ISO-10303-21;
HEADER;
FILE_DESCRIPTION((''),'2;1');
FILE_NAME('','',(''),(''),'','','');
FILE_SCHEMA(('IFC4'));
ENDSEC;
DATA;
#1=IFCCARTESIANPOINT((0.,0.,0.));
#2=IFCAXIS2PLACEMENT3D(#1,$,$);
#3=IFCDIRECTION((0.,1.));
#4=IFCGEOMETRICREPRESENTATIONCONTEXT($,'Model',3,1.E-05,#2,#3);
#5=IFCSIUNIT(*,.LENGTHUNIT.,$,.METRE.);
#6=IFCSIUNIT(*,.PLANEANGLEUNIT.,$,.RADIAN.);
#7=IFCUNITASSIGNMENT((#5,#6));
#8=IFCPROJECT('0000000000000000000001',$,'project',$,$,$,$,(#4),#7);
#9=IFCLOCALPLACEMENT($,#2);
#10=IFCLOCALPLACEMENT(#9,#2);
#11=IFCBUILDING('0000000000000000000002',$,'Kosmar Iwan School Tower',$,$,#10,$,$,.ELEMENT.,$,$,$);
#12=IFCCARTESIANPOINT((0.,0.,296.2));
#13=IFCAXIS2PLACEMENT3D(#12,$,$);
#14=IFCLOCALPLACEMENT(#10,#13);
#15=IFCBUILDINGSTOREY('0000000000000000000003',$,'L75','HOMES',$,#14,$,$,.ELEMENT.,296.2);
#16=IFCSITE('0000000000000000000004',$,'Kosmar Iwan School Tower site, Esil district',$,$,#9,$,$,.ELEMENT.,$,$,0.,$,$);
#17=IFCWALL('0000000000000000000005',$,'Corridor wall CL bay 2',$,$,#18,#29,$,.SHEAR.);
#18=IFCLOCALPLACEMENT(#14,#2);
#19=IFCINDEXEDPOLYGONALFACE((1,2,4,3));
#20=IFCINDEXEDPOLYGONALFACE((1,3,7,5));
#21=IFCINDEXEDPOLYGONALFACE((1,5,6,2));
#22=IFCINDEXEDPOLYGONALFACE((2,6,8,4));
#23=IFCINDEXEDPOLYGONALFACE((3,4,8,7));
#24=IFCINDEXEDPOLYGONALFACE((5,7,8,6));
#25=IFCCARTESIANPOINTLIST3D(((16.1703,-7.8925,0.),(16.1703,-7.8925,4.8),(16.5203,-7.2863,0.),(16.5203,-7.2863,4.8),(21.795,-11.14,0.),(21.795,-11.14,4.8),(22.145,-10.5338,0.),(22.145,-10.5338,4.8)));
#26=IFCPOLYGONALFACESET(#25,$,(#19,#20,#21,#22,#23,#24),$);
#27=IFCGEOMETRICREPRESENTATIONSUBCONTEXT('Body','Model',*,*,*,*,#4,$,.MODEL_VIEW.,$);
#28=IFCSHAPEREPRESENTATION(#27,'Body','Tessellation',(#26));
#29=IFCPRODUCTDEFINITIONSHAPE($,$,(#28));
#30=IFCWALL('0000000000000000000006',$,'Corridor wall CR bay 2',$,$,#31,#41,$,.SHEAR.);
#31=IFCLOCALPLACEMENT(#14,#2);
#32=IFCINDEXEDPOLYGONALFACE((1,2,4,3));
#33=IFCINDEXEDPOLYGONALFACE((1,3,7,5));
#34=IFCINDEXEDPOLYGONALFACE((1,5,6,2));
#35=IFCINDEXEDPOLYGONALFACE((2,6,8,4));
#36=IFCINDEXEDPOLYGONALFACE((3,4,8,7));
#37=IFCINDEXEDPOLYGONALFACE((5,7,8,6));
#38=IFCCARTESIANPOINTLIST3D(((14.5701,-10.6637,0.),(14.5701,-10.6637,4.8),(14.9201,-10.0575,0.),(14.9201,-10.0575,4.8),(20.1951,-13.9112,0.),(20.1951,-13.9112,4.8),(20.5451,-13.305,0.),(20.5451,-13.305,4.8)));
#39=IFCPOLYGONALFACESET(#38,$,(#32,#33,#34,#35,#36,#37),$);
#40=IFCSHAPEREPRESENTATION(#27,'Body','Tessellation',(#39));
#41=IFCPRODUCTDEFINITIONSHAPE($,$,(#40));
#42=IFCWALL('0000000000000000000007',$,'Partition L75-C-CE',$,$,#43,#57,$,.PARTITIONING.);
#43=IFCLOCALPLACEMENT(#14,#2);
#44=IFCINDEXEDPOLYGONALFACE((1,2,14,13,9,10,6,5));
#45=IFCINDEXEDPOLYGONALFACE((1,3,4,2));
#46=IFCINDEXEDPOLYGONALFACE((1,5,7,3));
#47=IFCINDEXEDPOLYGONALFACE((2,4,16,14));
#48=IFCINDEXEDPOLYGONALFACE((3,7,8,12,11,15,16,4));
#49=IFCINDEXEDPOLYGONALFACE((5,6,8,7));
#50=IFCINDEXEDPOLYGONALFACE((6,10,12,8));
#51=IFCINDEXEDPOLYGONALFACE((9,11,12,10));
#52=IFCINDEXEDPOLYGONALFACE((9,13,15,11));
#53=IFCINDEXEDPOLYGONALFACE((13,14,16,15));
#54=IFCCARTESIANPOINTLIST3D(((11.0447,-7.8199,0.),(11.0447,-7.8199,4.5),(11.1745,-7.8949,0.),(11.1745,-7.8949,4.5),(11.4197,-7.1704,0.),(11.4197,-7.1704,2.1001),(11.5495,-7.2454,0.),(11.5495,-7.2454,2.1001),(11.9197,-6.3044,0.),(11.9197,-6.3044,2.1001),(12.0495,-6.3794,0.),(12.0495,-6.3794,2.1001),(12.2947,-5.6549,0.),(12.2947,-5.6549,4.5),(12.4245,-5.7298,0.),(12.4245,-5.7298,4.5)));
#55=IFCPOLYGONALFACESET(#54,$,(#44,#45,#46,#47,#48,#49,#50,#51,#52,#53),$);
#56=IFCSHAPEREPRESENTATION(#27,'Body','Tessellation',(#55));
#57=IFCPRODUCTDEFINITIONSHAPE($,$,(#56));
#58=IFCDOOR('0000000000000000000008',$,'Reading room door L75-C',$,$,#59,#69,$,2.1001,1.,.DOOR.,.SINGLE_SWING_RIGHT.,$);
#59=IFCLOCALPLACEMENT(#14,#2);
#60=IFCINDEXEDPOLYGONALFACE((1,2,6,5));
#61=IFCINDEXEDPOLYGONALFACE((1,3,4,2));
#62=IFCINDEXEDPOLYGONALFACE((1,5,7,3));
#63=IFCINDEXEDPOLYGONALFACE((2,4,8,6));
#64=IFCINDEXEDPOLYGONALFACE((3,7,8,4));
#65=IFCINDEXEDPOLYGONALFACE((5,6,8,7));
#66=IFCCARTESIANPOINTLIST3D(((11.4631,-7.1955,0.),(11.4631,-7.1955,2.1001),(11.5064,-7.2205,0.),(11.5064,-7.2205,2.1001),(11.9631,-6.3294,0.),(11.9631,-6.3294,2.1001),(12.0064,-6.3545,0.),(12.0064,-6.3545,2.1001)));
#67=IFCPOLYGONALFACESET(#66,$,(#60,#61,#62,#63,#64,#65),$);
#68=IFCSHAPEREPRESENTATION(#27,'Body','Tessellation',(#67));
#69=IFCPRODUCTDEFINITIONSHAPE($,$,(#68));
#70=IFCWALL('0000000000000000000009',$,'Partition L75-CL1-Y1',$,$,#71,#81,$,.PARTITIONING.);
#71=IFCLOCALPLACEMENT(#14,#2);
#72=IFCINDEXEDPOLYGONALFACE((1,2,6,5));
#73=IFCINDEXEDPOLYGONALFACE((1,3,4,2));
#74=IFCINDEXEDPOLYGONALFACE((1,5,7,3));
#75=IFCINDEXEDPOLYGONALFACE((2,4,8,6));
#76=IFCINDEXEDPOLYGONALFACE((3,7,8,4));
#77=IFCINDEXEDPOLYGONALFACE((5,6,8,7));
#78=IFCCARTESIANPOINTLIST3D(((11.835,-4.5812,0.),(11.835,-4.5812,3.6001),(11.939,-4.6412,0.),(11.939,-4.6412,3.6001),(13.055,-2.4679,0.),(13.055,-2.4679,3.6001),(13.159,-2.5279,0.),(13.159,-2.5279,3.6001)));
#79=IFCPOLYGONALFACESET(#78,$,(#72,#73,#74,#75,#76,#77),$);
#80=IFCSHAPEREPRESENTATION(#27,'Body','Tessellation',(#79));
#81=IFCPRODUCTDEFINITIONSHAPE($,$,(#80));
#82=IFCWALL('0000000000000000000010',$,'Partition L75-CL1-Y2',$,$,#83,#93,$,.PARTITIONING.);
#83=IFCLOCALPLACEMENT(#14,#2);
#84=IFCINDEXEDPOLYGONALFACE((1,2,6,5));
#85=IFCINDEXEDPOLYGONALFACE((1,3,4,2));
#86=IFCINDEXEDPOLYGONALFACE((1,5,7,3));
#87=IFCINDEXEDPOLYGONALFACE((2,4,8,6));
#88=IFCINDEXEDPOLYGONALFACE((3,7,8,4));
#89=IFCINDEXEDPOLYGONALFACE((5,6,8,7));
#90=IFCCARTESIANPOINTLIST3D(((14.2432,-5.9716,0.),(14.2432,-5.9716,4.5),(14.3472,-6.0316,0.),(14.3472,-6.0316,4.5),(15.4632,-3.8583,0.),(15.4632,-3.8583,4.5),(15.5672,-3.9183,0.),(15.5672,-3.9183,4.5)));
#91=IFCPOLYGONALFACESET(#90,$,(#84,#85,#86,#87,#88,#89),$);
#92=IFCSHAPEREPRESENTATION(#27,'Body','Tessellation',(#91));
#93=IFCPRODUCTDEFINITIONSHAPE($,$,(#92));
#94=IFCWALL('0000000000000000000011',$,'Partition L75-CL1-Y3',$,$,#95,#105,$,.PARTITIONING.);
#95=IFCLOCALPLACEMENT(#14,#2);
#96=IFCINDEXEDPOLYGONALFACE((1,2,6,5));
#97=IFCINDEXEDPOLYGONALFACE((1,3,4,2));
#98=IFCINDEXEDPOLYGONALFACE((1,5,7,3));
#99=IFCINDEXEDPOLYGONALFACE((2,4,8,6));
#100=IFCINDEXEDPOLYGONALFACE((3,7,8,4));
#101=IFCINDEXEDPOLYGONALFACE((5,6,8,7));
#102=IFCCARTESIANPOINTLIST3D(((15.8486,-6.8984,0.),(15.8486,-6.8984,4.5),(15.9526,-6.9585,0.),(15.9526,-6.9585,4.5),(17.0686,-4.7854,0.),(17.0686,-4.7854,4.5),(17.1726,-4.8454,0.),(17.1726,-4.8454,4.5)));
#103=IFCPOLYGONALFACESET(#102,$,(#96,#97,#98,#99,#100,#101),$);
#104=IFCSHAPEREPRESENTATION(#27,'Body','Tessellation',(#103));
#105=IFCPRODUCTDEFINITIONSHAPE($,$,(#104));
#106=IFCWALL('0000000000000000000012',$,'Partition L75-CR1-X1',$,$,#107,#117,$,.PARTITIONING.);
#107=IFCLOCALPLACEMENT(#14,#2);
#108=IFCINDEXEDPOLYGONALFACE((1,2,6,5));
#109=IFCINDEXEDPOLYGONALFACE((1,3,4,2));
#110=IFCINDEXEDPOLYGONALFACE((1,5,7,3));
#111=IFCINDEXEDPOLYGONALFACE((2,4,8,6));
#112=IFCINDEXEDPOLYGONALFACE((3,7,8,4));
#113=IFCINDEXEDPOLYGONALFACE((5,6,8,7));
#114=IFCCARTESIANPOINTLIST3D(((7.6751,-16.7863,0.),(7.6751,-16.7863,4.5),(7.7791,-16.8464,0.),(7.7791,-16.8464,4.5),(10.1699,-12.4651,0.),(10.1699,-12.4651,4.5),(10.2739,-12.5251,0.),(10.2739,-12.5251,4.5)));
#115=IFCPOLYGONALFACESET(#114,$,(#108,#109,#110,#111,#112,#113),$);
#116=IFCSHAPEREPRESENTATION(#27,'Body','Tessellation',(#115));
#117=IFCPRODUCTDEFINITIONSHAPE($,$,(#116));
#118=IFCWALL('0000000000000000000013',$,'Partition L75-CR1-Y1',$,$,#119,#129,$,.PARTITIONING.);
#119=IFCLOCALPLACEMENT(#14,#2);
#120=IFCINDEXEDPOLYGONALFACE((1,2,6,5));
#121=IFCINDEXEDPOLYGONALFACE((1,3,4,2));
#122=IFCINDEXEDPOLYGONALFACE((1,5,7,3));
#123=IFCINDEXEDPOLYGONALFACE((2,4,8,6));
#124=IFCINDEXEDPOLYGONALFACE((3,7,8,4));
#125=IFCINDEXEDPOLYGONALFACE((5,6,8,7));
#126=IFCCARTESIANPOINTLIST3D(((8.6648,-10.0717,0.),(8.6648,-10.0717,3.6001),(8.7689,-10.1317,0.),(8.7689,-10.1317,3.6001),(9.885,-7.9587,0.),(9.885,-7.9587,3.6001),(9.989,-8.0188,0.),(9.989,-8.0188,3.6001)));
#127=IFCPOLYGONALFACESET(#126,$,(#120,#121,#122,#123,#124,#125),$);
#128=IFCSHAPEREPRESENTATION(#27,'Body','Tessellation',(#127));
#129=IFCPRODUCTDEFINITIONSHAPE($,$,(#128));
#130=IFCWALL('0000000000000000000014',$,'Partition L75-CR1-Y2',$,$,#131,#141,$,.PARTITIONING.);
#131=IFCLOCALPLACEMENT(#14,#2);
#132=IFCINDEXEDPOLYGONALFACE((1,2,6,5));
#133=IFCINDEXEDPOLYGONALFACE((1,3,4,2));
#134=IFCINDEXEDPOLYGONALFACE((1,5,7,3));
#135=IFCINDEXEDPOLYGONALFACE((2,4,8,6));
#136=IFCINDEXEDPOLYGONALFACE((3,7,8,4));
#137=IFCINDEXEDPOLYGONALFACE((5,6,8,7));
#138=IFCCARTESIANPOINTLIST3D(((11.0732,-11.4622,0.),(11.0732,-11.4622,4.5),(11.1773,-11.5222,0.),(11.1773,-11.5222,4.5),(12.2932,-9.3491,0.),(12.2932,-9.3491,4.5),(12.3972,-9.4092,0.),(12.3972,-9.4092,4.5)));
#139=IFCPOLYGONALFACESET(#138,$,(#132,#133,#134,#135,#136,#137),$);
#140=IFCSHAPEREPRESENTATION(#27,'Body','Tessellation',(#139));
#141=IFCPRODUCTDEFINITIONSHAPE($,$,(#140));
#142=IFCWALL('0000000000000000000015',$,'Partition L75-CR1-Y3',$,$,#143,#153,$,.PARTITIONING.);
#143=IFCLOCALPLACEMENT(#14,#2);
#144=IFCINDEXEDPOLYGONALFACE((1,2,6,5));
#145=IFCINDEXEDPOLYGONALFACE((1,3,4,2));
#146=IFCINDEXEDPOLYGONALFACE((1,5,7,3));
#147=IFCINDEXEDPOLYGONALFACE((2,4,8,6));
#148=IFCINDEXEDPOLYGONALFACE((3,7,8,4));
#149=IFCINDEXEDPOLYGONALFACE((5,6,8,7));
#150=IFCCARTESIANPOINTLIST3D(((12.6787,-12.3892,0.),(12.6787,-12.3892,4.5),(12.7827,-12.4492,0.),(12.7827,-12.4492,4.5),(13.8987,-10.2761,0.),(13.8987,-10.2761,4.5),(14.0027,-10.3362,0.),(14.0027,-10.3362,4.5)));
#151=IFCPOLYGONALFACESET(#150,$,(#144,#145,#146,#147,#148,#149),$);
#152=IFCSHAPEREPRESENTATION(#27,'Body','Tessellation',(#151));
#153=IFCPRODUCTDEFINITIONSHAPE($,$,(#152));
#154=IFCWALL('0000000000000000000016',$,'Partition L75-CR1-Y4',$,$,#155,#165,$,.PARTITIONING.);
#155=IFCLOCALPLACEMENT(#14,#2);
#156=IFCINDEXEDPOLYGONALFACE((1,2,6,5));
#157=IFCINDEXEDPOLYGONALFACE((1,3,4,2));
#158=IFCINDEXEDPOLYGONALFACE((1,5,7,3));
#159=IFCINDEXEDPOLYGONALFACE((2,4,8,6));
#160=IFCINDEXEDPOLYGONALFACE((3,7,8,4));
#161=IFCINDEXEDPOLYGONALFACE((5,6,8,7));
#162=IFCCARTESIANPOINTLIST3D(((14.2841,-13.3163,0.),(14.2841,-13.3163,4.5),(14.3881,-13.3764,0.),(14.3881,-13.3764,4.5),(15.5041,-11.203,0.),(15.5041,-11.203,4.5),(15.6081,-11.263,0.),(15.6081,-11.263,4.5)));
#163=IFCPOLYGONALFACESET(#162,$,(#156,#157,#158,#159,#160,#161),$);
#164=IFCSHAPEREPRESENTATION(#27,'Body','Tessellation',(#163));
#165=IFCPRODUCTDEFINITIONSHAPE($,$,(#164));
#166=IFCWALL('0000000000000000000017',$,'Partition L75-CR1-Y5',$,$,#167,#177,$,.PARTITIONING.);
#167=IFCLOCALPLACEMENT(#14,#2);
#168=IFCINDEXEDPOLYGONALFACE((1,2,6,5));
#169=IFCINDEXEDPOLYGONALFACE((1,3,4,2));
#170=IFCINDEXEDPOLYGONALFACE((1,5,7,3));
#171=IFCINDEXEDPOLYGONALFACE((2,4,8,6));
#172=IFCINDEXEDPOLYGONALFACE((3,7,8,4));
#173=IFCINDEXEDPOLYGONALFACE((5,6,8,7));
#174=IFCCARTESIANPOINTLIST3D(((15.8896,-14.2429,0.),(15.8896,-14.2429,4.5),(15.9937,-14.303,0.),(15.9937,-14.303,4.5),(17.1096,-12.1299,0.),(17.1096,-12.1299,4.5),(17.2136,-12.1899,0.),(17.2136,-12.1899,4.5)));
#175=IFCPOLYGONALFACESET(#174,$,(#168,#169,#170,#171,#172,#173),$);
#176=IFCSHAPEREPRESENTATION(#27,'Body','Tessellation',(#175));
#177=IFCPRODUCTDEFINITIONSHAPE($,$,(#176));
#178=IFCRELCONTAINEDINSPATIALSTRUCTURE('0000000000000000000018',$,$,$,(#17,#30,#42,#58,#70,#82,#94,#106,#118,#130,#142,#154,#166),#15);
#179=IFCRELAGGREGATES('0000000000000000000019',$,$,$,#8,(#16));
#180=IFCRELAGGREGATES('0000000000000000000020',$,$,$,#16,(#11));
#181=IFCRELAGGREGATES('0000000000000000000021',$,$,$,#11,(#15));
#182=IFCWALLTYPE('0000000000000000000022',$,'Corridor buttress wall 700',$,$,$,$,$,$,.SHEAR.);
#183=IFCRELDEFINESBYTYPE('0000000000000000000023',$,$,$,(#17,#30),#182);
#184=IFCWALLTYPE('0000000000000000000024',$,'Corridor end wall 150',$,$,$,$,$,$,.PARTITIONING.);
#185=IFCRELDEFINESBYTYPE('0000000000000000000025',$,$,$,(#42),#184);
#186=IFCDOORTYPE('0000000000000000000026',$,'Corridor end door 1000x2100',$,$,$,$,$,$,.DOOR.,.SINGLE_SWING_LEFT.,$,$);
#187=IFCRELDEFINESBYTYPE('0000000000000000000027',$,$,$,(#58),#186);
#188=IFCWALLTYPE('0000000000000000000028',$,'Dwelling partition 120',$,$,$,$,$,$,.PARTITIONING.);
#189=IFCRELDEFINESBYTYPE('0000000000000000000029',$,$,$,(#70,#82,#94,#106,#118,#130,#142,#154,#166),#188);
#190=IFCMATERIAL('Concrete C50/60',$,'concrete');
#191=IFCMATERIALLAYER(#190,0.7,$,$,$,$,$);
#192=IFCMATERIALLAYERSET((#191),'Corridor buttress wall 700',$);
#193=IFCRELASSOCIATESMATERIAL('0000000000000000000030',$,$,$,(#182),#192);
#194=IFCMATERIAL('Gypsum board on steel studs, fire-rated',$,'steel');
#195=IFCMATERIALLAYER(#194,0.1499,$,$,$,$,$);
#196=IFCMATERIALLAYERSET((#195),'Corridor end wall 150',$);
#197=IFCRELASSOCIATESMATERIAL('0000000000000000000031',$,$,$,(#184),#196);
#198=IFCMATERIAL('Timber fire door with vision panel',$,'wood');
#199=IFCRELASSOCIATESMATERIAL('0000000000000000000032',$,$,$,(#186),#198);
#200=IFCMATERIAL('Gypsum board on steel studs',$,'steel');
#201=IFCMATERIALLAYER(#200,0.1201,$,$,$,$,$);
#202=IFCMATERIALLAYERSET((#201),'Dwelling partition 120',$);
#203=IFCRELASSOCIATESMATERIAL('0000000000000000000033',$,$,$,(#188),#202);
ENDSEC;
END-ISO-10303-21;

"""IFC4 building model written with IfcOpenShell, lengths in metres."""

from ifc_helpers import new_model, si_unit, direction, frame, frame_2d, origin, place, context, subcontext, project, spatial, rectangle, extrude, material, layer, layer_set, type_object, element, fill, save


model = new_model("IFC4")

# Units and contexts
model_context = context("Model", 3, precision=1e-05, world=origin(), true_north=direction((0.0, 1.0)))
body_context = subcontext(model_context, "Body", "Model", "MODEL_VIEW")
ifc_project = project(units=[si_unit("LENGTHUNIT", "METRE"), si_unit("PLANEANGLEUNIT", "RADIAN")], contexts=[model_context])

# Site, building, storey
site_placement = place(None, origin())
site = spatial("IfcSite", under=ifc_project, at=site_placement, Name="Kosmar Iwan School Tower site, Esil district", CompositionType="ELEMENT", RefElevation=0.0)
building_placement = place(site_placement, origin())
building = spatial("IfcBuilding", under=site, at=building_placement, Name="Kosmar Iwan School Tower", CompositionType="ELEMENT")
storey_placement = place(building_placement, frame((0.0, 0.0, 296.2)))
storey = spatial("IfcBuildingStorey", under=building, at=storey_placement, Name="L75", Description="HOMES", CompositionType="ELEMENT", Elevation=296.2)

# Walls
ifc_material_1 = material(Name="Concrete C50/60", Category="concrete")
ifc_layer_1 = layer(ifc_material_1, 0.7)
ifc_layer_set_1 = layer_set([ifc_layer_1], Name="Corridor buttress wall 700")
wall_type_1 = type_object("IfcWallType", Name="Corridor buttress wall 700", PredefinedType="SHEAR", material=ifc_layer_set_1)
wall_1_placement = place(storey_placement, frame((16.3452, -7.5894, 0.0), z_axis=(0.0, 0.0, 1.0), x_axis=(0.866018, -0.500012, 0.0)))
element("IfcWall", 1, at=wall_1_placement, inside=storey, type_object=wall_type_1, Name="Corridor wall CL bay 2", PredefinedType="SHEAR", context=body_context, shape_type="SweptSolid", body=[
    extrude(rectangle(XDim=6.4949, YDim=0.7, at=frame_2d((3.2476, 0.0))), origin(), (0.0, 0.0, 1.0), 4.8),
])
wall_2_placement = place(storey_placement, frame((14.7451, -10.3606, 0.0), z_axis=(0.0, 0.0, 1.0), x_axis=(0.866028, -0.499996, 0.0)))
element("IfcWall", 2, at=wall_2_placement, inside=storey, type_object=wall_type_1, Name="Corridor wall CR bay 2", PredefinedType="SHEAR", context=body_context, shape_type="SweptSolid", body=[
    extrude(rectangle(XDim=6.4951, YDim=0.7, at=frame_2d((3.2476, 0.0))), origin(), (0.0, 0.0, 1.0), 4.8),
])

# Wall, opening, door
ifc_material_2 = material(Name="Gypsum board on steel studs, fire-rated", Category="steel")
ifc_layer_2 = layer(ifc_material_2, 0.1499)
ifc_layer_set_2 = layer_set([ifc_layer_2], Name="Corridor end wall 150")
wall_type_2 = type_object("IfcWallType", Name="Corridor end wall 150", PredefinedType="PARTITIONING", material=ifc_layer_set_2)
wall_3_placement = place(storey_placement, frame((11.1096, -7.8574, 0.0), z_axis=(0.0, 0.0, 1.0), x_axis=(0.500004, 0.866023, 0.0)))
wall_3 = element("IfcWall", 3, at=wall_3_placement, inside=storey, type_object=wall_type_2, Name="Partition L75-C-CE", PredefinedType="PARTITIONING", context=body_context, shape_type="SweptSolid", body=[
    extrude(rectangle(XDim=2.5, YDim=0.1499, at=frame_2d((1.25, 0.0))), origin(), (0.0, 0.0, 1.0), 4.5),
])
opening_placement = place(wall_3_placement, frame((0.75, 0.0, 0.0)))
opening = element("IfcOpeningElement", 4, at=opening_placement, cuts=wall_3, PredefinedType="OPENING", context=body_context, shape_type="SweptSolid", body=[
    extrude(rectangle(XDim=1.0, YDim=2.1001, at=frame_2d((0.5, 1.05))), frame((0.0, 0.0869, 0.0), z_axis=(0.0, -1.0, 0.0), x_axis=(1.0, 0.0, 0.0)), (0.0, 0.0, 1.0), 0.1738),
])
ifc_material_3 = material(Name="Timber fire door with vision panel", Category="wood")
door_type = type_object("IfcDoorType", Name="Corridor end door 1000x2100", OperationType="SINGLE_SWING_LEFT", PredefinedType="DOOR", material=ifc_material_3)
door_placement = place(opening_placement, origin())
door = element("IfcDoor", 5, at=door_placement, inside=storey, type_object=door_type, Name="Reading room door L75-C", OperationType="SINGLE_SWING_RIGHT", OverallHeight=2.1001, OverallWidth=1.0, PredefinedType="DOOR", context=body_context, shape_type="SweptSolid", body=[
    extrude(rectangle(XDim=1.0, YDim=2.1001, at=frame_2d((0.5, 1.05))), frame((0.0, 0.0249, 0.0), z_axis=(0.0, -1.0, 0.0), x_axis=(1.0, 0.0, 0.0)), (0.0, 0.0, 1.0), 0.05),
])
fill(opening, door)

# Walls
ifc_material_4 = material(Name="Gypsum board on steel studs", Category="steel")
ifc_layer_3 = layer(ifc_material_4, 0.1201)
ifc_layer_set_3 = layer_set([ifc_layer_3], Name="Dwelling partition 120")
wall_type_3 = type_object("IfcWallType", Name="Dwelling partition 120", PredefinedType="PARTITIONING", material=ifc_layer_set_3)
wall_4_placement = place(storey_placement, frame((11.887, -4.6113, 0.0), z_axis=(0.0, 0.0, 1.0), x_axis=(0.499959, 0.866049, 0.0)))
element("IfcWall", 6, at=wall_4_placement, inside=storey, type_object=wall_type_3, Name="Partition L75-CL1-Y1", PredefinedType="PARTITIONING", context=body_context, shape_type="SweptSolid", body=[
    extrude(rectangle(XDim=2.4402, YDim=0.1201, at=frame_2d((1.2202, 0.0))), origin(), (0.0, 0.0, 1.0), 3.6001),
])
wall_5_placement = place(storey_placement, frame((14.2952, -6.0017, 0.0), z_axis=(0.0, 0.0, 1.0), x_axis=(0.499959, 0.866049, 0.0)))
element("IfcWall", 7, at=wall_5_placement, inside=storey, type_object=wall_type_3, Name="Partition L75-CL1-Y2", PredefinedType="PARTITIONING", context=body_context, shape_type="SweptSolid", body=[
    extrude(rectangle(XDim=2.4402, YDim=0.1201, at=frame_2d((1.2202, 0.0))), origin(), (0.0, 0.0, 1.0), 4.5),
])
wall_6_placement = place(storey_placement, frame((15.9006, -6.9285, 0.0), z_axis=(0.0, 0.0, 1.0), x_axis=(0.500003, 0.866024, 0.0)))
element("IfcWall", 8, at=wall_6_placement, inside=storey, type_object=wall_type_3, Name="Partition L75-CL1-Y3", PredefinedType="PARTITIONING", context=body_context, shape_type="SweptSolid", body=[
    extrude(rectangle(XDim=2.4399, YDim=0.1201, at=frame_2d((1.22, 0.0))), origin(), (0.0, 0.0, 1.0), 4.5),
])
wall_7_placement = place(storey_placement, frame((10.2219, -12.4951, 0.0), z_axis=(0.0, 0.0, 1.0), x_axis=(-0.499996, -0.866028, 0.0)))
element("IfcWall", 9, at=wall_7_placement, inside=storey, type_object=wall_type_3, Name="Partition L75-CR1-X1", PredefinedType="PARTITIONING", context=body_context, shape_type="SweptSolid", body=[
    extrude(rectangle(XDim=4.9897, YDim=0.1201, at=frame_2d((2.4949, 0.0))), origin(), (0.0, 0.0, 1.0), 4.5),
])
wall_8_placement = place(storey_placement, frame((9.937, -7.9888, 0.0), z_axis=(0.0, 0.0, 1.0), x_axis=(-0.500078, -0.865981, 0.0)))
element("IfcWall", 10, at=wall_8_placement, inside=storey, type_object=wall_type_3, Name="Partition L75-CR1-Y1", PredefinedType="PARTITIONING", context=body_context, shape_type="SweptSolid", body=[
    extrude(rectangle(XDim=2.4399, YDim=0.1201, at=frame_2d((1.22, 0.0))), origin(), (0.0, 0.0, 1.0), 3.6001),
])
for number, where, z_axis, x_axis, name in (
    (11, (12.3452, -9.3792, 0.0), (0.0, 0.0, 1.0), (-0.500003, -0.866024, 0.0), "Partition L75-CR1-Y2"),
    (12, (13.9507, -10.3062, 0.0), (0.0, 0.0, 1.0), (-0.500003, -0.866024, 0.0), "Partition L75-CR1-Y3"),
):
    element("IfcWall", number, at=place(storey_placement, frame(where, z_axis=z_axis, x_axis=x_axis)), inside=storey, type_object=wall_type_3, Name=name, PredefinedType="PARTITIONING", context=body_context, shape_type="SweptSolid", body=[
        extrude(rectangle(XDim=2.4399, YDim=0.1201, at=frame_2d((1.22, 0.0))), origin(), (0.0, 0.0, 1.0), 4.5),
    ])
wall_9_placement = place(storey_placement, frame((15.5562, -11.2329, 0.0), z_axis=(0.0, 0.0, 1.0), x_axis=(-0.499959, -0.866049, 0.0)))
element("IfcWall", 13, at=wall_9_placement, inside=storey, type_object=wall_type_3, Name="Partition L75-CR1-Y4", PredefinedType="PARTITIONING", context=body_context, shape_type="SweptSolid", body=[
    extrude(rectangle(XDim=2.4402, YDim=0.1201, at=frame_2d((1.2202, 0.0))), origin(), (0.0, 0.0, 1.0), 4.5),
])
wall_10_placement = place(storey_placement, frame((17.1616, -12.1599, 0.0), z_axis=(0.0, 0.0, 1.0), x_axis=(-0.500003, -0.866024, 0.0)))
element("IfcWall", 14, at=wall_10_placement, inside=storey, type_object=wall_type_3, Name="Partition L75-CR1-Y5", PredefinedType="PARTITIONING", context=body_context, shape_type="SweptSolid", body=[
    extrude(rectangle(XDim=2.4399, YDim=0.1201, at=frame_2d((1.22, 0.0))), origin(), (0.0, 0.0, 1.0), 4.5),
])

save(model, "model.ifc")
